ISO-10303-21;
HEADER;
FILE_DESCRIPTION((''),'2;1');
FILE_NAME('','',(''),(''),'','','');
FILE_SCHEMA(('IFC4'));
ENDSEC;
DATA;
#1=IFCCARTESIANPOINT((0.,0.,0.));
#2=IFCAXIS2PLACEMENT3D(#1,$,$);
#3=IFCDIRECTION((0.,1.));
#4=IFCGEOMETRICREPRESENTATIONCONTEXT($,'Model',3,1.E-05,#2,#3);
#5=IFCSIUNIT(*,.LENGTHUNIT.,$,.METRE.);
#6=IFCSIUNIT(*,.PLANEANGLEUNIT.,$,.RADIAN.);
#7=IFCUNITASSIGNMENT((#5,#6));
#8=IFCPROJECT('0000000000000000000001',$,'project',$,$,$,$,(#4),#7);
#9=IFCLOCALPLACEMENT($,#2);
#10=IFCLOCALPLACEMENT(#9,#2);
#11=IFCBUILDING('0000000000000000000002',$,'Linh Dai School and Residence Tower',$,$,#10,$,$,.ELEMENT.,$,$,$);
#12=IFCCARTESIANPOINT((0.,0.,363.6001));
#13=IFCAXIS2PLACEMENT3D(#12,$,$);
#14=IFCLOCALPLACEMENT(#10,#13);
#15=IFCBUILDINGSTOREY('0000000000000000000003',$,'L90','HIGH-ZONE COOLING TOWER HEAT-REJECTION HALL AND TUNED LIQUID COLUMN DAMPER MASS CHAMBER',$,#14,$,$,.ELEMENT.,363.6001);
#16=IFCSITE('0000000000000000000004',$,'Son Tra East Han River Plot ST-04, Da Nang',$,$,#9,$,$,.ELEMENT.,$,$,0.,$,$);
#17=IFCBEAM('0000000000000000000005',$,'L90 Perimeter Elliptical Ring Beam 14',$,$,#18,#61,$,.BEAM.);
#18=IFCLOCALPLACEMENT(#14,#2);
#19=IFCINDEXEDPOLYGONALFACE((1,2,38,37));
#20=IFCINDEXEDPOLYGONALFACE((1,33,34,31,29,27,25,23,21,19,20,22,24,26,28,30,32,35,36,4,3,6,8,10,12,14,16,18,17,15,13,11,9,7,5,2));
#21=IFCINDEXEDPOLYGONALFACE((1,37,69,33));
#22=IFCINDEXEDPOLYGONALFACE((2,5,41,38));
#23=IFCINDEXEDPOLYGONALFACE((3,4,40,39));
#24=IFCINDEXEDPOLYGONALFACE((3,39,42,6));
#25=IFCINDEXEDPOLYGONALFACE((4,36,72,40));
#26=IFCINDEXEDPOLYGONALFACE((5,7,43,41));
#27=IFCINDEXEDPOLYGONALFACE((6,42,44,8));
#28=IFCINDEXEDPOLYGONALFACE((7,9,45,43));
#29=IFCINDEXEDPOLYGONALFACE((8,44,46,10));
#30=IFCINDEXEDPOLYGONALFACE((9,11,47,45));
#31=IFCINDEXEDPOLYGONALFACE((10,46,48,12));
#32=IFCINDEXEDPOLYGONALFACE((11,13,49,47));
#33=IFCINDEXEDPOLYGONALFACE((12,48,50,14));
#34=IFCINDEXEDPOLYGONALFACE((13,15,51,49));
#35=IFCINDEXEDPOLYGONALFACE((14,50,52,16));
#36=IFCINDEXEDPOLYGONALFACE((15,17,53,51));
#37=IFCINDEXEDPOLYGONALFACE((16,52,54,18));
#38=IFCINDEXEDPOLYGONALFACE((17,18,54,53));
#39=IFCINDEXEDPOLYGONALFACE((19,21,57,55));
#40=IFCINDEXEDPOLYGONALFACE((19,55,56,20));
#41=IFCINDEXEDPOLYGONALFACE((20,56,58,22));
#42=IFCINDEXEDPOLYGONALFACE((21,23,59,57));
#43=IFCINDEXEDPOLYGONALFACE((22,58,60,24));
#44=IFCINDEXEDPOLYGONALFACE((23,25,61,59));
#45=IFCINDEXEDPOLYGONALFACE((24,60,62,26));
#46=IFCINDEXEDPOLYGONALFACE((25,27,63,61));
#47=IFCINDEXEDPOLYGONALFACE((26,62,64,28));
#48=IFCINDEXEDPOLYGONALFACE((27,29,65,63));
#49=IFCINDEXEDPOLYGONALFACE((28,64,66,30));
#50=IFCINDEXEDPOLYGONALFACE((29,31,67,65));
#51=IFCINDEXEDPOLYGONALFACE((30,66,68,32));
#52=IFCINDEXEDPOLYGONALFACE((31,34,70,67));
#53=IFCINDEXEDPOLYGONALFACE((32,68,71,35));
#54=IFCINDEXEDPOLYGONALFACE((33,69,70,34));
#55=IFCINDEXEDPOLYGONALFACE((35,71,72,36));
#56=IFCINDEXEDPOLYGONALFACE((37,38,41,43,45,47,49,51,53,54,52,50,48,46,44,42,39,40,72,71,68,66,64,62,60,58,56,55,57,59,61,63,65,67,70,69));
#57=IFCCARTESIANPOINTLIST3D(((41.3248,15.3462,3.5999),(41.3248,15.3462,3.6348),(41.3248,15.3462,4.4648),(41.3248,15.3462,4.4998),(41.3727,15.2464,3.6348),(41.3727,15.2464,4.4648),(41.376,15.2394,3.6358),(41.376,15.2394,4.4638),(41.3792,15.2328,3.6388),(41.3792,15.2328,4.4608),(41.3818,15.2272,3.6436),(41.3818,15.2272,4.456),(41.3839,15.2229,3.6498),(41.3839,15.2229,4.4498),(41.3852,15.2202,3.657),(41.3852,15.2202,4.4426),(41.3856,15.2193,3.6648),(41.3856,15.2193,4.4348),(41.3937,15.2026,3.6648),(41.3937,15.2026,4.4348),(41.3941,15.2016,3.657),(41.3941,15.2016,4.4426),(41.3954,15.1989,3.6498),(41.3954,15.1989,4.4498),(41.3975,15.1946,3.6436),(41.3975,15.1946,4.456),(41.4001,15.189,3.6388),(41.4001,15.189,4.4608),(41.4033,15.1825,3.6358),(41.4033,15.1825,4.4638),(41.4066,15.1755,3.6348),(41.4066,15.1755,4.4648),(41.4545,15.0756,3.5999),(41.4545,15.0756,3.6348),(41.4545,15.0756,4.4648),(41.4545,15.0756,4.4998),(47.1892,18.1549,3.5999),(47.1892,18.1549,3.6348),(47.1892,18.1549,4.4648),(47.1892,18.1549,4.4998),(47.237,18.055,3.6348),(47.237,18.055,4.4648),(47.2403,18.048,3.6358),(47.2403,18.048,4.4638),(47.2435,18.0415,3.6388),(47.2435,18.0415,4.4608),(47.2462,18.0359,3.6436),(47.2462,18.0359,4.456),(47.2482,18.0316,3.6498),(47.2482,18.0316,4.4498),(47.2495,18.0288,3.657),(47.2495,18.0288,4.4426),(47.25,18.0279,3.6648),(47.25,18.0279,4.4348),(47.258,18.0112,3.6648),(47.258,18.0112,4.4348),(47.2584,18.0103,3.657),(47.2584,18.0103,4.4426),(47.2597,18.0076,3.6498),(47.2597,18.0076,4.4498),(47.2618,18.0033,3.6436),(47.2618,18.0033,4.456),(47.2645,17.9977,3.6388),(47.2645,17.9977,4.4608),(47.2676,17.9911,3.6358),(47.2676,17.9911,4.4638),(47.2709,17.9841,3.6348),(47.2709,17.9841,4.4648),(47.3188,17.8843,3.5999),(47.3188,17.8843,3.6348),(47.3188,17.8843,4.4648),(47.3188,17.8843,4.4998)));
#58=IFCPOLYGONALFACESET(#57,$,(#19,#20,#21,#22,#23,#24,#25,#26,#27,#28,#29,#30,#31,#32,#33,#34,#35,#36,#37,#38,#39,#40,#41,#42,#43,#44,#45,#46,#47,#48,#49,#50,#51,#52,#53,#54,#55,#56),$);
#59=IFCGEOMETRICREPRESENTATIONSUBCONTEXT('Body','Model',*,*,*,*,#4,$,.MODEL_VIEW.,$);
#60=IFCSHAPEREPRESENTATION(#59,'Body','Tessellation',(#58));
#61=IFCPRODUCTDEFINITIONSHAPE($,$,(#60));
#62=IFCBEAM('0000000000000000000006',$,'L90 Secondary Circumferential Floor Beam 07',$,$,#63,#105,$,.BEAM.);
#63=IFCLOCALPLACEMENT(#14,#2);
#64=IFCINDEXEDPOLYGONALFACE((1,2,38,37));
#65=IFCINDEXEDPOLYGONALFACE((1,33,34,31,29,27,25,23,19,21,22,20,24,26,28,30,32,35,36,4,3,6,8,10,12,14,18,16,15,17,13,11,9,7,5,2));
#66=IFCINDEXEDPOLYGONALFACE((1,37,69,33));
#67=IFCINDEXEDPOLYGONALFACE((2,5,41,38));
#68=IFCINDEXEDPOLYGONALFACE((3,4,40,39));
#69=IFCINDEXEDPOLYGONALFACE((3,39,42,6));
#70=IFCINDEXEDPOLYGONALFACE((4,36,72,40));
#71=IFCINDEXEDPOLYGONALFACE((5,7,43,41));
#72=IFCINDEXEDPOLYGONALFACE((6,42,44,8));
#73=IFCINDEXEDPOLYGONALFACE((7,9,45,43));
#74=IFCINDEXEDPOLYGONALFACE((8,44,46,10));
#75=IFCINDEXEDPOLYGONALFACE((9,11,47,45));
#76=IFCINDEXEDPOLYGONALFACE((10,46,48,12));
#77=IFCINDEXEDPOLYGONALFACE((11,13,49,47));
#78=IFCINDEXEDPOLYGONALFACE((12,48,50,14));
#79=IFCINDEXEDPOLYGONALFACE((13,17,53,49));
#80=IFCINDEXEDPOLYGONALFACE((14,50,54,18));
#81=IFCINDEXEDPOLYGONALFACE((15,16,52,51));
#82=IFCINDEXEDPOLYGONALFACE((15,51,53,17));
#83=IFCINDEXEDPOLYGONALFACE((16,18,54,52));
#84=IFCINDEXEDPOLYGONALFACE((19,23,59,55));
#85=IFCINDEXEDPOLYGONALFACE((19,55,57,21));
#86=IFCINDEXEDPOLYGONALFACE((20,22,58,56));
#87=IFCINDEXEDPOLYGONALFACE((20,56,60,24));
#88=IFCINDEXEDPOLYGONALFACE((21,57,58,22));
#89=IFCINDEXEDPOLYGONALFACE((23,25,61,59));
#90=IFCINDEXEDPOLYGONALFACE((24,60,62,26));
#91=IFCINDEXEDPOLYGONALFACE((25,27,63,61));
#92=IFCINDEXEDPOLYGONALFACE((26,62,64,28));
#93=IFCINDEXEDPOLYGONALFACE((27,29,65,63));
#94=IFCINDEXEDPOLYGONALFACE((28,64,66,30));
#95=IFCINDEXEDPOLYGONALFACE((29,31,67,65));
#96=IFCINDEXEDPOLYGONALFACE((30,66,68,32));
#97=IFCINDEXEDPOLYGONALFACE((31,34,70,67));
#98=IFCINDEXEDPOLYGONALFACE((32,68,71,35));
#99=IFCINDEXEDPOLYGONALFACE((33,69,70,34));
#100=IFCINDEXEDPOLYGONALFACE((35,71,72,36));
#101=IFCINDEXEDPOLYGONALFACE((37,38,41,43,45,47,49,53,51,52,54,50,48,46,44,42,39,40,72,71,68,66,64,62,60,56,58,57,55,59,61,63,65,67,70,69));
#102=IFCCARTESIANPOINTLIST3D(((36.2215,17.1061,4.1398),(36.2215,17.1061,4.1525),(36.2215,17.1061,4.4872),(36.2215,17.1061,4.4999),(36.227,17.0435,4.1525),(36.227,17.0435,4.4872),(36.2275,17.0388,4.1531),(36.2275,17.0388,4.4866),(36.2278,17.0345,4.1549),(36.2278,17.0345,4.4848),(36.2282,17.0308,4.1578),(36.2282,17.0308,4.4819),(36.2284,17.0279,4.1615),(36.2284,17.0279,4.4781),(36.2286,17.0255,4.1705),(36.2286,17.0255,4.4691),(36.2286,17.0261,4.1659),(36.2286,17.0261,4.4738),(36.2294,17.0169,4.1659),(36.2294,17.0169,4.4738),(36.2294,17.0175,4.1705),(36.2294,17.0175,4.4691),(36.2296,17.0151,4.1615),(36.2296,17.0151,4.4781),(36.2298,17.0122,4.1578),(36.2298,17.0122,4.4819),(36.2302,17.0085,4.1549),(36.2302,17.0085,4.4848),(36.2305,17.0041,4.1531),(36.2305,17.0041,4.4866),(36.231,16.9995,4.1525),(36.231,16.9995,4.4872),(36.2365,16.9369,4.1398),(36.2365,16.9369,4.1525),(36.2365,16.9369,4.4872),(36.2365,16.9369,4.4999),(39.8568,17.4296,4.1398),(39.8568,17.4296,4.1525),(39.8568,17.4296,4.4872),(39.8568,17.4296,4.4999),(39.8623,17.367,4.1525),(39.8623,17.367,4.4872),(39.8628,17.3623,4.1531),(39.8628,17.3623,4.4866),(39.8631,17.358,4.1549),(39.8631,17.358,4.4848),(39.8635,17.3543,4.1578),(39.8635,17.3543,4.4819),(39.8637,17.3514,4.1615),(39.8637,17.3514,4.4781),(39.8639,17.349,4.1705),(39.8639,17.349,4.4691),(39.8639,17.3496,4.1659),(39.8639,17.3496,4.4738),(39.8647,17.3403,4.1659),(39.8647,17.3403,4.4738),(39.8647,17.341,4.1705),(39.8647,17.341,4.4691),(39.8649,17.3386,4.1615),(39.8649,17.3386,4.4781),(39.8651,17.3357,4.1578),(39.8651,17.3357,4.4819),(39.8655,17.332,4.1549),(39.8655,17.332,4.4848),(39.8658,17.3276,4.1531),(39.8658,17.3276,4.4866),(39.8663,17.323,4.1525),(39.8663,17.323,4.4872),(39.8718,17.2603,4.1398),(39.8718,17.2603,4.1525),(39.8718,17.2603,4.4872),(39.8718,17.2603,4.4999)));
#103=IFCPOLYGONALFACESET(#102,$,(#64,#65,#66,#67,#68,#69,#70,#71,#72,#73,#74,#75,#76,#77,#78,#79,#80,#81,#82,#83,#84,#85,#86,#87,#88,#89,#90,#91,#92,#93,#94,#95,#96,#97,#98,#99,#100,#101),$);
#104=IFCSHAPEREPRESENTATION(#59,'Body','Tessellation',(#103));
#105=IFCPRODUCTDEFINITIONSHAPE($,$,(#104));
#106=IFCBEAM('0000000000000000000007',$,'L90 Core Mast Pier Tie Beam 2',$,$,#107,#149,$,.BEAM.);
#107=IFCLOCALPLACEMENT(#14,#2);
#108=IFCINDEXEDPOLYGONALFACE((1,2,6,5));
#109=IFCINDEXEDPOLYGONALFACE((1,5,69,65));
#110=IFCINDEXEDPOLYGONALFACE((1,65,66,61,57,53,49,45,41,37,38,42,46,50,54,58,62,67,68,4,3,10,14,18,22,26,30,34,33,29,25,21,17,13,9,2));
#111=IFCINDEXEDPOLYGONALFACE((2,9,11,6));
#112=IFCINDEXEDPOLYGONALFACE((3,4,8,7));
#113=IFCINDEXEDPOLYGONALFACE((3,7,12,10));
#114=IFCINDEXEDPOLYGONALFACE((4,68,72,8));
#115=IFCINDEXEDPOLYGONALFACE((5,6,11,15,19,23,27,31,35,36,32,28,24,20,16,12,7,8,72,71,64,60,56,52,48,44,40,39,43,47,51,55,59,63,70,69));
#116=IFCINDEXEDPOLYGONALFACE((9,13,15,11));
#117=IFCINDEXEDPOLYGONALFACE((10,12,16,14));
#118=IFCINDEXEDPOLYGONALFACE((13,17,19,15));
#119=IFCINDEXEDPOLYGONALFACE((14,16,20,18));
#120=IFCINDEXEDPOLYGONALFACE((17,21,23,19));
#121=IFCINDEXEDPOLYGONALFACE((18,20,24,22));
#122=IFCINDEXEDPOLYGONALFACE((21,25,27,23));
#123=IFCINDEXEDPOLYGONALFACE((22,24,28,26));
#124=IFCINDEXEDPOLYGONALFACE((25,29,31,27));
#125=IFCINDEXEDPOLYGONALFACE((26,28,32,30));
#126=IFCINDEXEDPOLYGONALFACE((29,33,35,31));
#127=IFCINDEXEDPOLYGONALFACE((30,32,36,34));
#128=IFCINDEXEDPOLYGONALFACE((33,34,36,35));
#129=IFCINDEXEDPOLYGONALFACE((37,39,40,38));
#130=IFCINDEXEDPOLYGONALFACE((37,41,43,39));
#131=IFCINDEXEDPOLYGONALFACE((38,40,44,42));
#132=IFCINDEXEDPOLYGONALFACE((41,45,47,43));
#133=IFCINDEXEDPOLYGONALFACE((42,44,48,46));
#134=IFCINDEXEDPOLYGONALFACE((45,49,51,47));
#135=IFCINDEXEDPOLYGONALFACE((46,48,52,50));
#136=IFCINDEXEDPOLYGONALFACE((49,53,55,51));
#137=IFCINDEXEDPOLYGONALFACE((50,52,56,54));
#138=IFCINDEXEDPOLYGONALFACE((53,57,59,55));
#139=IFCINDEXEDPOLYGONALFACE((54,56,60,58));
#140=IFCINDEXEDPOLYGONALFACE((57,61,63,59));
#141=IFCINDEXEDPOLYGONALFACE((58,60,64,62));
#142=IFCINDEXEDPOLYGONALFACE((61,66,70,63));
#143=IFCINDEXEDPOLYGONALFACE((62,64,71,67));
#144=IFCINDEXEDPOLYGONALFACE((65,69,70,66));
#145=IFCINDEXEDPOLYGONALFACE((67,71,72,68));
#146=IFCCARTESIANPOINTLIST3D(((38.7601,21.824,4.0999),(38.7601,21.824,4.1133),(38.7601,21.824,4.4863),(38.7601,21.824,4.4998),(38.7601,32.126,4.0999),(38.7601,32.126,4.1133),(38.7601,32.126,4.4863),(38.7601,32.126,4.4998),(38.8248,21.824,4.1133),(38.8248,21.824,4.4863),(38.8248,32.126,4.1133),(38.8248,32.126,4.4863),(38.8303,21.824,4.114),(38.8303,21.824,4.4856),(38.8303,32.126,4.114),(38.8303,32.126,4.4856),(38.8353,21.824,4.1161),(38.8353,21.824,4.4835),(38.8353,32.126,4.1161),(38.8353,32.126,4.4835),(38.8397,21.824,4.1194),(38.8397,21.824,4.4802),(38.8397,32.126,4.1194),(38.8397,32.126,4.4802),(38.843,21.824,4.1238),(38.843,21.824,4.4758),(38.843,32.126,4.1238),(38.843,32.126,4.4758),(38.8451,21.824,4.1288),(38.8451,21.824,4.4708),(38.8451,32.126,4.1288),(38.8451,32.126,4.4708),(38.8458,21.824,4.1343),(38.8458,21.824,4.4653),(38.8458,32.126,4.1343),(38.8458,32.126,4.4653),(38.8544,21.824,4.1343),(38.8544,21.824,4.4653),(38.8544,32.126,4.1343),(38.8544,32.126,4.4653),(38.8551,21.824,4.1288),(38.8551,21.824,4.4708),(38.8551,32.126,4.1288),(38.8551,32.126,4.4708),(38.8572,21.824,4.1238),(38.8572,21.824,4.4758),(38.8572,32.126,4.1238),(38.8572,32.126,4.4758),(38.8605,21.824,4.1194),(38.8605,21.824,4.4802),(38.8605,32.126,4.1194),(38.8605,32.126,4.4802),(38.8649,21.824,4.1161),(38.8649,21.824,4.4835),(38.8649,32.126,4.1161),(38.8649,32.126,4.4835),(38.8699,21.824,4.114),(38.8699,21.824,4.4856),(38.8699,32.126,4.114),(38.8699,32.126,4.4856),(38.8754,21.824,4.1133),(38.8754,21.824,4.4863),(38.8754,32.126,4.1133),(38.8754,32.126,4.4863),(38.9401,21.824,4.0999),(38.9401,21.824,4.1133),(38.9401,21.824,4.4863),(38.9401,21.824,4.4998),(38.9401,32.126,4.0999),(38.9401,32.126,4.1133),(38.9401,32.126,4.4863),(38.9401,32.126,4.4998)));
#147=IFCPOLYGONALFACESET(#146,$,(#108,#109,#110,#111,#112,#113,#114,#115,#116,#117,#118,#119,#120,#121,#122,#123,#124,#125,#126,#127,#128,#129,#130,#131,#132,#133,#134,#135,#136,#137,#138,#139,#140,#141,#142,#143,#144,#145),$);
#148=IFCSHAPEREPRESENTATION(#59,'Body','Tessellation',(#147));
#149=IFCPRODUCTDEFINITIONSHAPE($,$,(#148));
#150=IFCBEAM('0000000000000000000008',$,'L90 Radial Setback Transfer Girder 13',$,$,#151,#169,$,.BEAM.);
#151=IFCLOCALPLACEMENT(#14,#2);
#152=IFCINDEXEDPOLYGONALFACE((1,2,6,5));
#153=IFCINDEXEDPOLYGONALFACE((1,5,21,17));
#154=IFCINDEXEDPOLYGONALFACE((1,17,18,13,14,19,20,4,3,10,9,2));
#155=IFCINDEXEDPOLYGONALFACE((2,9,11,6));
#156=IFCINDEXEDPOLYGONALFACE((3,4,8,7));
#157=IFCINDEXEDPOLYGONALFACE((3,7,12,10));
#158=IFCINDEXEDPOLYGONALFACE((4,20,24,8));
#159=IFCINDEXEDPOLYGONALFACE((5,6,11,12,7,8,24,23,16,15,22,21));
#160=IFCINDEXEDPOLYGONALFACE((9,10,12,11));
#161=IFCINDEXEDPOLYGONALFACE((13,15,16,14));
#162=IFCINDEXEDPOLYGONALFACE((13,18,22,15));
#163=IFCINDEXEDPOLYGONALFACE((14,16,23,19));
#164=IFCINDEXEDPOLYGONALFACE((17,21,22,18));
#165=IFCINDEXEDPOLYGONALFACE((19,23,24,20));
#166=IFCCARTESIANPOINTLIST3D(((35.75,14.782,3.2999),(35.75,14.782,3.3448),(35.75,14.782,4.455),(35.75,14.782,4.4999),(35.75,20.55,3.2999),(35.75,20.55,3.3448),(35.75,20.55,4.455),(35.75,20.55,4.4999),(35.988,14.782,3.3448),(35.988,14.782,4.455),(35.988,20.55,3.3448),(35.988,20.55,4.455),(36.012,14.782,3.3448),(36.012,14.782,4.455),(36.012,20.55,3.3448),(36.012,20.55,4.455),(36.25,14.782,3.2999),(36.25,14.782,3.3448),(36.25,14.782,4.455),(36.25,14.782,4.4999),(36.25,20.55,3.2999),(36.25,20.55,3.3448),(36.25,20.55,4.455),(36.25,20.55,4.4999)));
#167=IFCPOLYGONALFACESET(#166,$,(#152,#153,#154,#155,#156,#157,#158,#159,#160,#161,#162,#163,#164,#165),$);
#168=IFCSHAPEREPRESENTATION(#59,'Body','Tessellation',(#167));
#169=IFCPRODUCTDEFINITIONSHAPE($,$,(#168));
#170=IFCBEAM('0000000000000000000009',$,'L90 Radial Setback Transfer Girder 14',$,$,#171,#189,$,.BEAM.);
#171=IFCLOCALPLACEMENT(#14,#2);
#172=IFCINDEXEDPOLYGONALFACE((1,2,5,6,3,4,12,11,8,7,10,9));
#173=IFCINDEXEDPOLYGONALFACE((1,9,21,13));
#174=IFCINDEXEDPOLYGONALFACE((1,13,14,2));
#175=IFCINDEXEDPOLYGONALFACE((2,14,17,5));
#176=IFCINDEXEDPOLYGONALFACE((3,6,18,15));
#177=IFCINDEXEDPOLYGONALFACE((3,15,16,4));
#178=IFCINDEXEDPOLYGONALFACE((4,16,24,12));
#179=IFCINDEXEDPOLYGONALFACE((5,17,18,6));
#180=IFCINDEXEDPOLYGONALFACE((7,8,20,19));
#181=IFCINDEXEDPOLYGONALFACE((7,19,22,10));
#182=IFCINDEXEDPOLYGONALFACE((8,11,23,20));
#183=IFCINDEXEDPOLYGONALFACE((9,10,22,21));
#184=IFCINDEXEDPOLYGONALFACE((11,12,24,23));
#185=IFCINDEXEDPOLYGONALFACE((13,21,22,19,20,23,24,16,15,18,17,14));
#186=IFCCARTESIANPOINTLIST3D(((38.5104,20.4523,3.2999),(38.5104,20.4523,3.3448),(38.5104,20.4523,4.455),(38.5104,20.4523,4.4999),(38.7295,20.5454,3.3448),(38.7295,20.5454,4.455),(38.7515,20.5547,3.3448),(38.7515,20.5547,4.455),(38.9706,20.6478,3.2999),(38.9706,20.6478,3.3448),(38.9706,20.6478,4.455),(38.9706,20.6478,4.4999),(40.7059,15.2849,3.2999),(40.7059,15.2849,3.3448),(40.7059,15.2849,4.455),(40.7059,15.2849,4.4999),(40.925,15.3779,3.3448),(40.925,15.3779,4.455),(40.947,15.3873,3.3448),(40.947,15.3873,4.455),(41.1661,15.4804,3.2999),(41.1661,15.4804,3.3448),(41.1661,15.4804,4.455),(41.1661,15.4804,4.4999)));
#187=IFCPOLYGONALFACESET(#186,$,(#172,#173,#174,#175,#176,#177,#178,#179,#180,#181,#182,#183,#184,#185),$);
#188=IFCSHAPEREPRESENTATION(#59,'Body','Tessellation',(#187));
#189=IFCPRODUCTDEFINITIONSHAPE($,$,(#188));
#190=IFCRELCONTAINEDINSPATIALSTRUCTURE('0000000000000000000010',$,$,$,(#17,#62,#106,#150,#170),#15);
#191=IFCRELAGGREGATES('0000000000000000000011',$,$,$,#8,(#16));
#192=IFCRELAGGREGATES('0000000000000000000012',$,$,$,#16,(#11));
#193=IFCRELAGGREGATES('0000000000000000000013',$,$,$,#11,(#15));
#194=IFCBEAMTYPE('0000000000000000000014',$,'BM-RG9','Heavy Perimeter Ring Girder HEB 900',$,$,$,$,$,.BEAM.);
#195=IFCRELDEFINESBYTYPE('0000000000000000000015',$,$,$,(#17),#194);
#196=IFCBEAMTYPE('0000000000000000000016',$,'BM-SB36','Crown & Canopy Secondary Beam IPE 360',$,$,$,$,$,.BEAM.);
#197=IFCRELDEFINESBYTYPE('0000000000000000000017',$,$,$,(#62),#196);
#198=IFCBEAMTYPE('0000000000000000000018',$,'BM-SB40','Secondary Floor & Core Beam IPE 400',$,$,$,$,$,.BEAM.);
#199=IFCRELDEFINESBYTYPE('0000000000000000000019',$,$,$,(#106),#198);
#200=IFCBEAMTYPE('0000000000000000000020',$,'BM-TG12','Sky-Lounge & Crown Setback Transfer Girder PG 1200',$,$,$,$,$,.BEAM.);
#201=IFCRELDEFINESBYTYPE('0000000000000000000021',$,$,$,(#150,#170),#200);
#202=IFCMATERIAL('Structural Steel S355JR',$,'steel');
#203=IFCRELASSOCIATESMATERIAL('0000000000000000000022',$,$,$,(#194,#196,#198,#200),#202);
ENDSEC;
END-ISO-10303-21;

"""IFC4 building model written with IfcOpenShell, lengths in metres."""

from ifc_helpers import new_model, si_unit, direction, frame, origin, origin_2d, place, context, subcontext, project, spatial, i_section, extrude, material, material_profile, profile_set, type_object, element, save


model = new_model("IFC4")

# Units and contexts
model_context = context("Model", 3, precision=1e-05, world=origin(), true_north=direction((0.0, 1.0)))
body_context = subcontext(model_context, "Body", "Model", "MODEL_VIEW")
ifc_project = project(units=[si_unit("LENGTHUNIT", "METRE"), si_unit("PLANEANGLEUNIT", "RADIAN")], contexts=[model_context])

# Site, building, storey
site_placement = place(None, origin())
site = spatial("IfcSite", under=ifc_project, at=site_placement, Name="Son Tra East Han River Plot ST-04, Da Nang", CompositionType="ELEMENT", RefElevation=0.0)
building_placement = place(site_placement, origin())
building = spatial("IfcBuilding", under=site, at=building_placement, Name="Linh Dai School and Residence Tower", CompositionType="ELEMENT")
storey_placement = place(building_placement, frame((0.0, 0.0, 363.6001)))
storey = spatial("IfcBuildingStorey", under=building, at=storey_placement, Name="L90", Description="HIGH-ZONE COOLING TOWER HEAT-REJECTION HALL AND TUNED LIQUID COLUMN DAMPER MASS CHAMBER", CompositionType="ELEMENT", Elevation=363.6001)

# Shared definitions
ifc_material_1 = material(Name="Structural Steel S355JR", Category="steel")

# Beams
ifc_material_profile_1 = material_profile(ifc_material_1, i_section(OverallWidth=0.3, OverallDepth=0.8999, WebThickness=0.0186, FlangeThickness=0.0349, FilletRadius=0.03, at=origin_2d()), Name="HEB 900")
ifc_profile_set_1 = profile_set([ifc_material_profile_1], Name="Structural Steel S355JR")
beam_type_1 = type_object("IfcBeamType", Name="BM-RG9", Description="Heavy Perimeter Ring Girder HEB 900", PredefinedType="BEAM", material=ifc_profile_set_1)
beam_1_placement = place(storey_placement, frame((41.3896, 15.2109, 4.0498), z_axis=(0.901898, 0.43195, 0.0), x_axis=(-0.43195, 0.901898, 0.0)))
element("IfcBeam", 1, at=beam_1_placement, inside=storey, type_object=beam_type_1, Name="L90 Perimeter Elliptical Ring Beam 14", PredefinedType="BEAM", context=body_context, shape_type="SweptSolid", body=[
    extrude(i_section(OverallWidth=0.3, OverallDepth=0.8999, WebThickness=0.0186, FlangeThickness=0.0349, FilletRadius=0.03, at=origin_2d()), origin(), (0.0, 0.0, 1.0), 6.5022),
])
ifc_material_profile_2 = material_profile(ifc_material_1, i_section(OverallWidth=0.1699, OverallDepth=0.3601, WebThickness=0.0081, FlangeThickness=0.0127, FilletRadius=0.0181, at=origin_2d()), Name="IPE 360")
ifc_profile_set_2 = profile_set([ifc_material_profile_2], Name="Structural Steel S355JR")
beam_type_2 = type_object("IfcBeamType", Name="BM-SB36", Description="Crown & Canopy Secondary Beam IPE 360", PredefinedType="BEAM", material=ifc_profile_set_2)
beam_2_placement = place(storey_placement, frame((36.229, 17.0215, 4.3198), z_axis=(0.996064, 0.088636, 0.0), x_axis=(-0.088636, 0.996064, 0.0)))
element("IfcBeam", 2, at=beam_2_placement, inside=storey, type_object=beam_type_2, Name="L90 Secondary Circumferential Floor Beam 07", PredefinedType="BEAM", context=body_context, shape_type="SweptSolid", body=[
    extrude(i_section(OverallWidth=0.1699, OverallDepth=0.3601, WebThickness=0.0081, FlangeThickness=0.0127, FilletRadius=0.0181, at=origin_2d()), origin(), (0.0, 0.0, 1.0), 3.6497),
])
ifc_material_profile_3 = material_profile(ifc_material_1, i_section(OverallWidth=0.1799, OverallDepth=0.3999, WebThickness=0.0085, FlangeThickness=0.0134, FilletRadius=0.021, at=origin_2d()), Name="IPE 400")
ifc_profile_set_3 = profile_set([ifc_material_profile_3], Name="Structural Steel S355JR")
beam_type_3 = type_object("IfcBeamType", Name="BM-SB40", Description="Secondary Floor & Core Beam IPE 400", PredefinedType="BEAM", material=ifc_profile_set_3)
beam_3_placement = place(storey_placement, frame((38.8501, 21.824, 4.2998), z_axis=(0.0, 1.0, 0.0), x_axis=(-1.0, 0.0, 0.0)))
element("IfcBeam", 3, at=beam_3_placement, inside=storey, type_object=beam_type_3, Name="L90 Core Mast Pier Tie Beam 2", PredefinedType="BEAM", context=body_context, shape_type="SweptSolid", body=[
    extrude(i_section(OverallWidth=0.1799, OverallDepth=0.3999, WebThickness=0.0085, FlangeThickness=0.0134, FilletRadius=0.021, at=origin_2d()), origin(), (0.0, 0.0, 1.0), 10.302),
])
ifc_material_profile_4 = material_profile(ifc_material_1, i_section(OverallWidth=0.5, OverallDepth=1.2, WebThickness=0.0239, FlangeThickness=0.0449, at=origin_2d()), Name="PG 1200x500x24x45")
ifc_profile_set_4 = profile_set([ifc_material_profile_4], Name="Structural Steel S355JR")
beam_type_4 = type_object("IfcBeamType", Name="BM-TG12", Description="Sky-Lounge & Crown Setback Transfer Girder PG 1200", PredefinedType="BEAM", material=ifc_profile_set_4)
beam_4_placement = place(storey_placement, frame((36.0, 20.55, 3.8999), z_axis=(0.0, -1.0, 0.0), x_axis=(1.0, 0.0, 0.0)))
element("IfcBeam", 4, at=beam_4_placement, inside=storey, type_object=beam_type_4, Name="L90 Radial Setback Transfer Girder 13", PredefinedType="BEAM", context=body_context, shape_type="SweptSolid", body=[
    extrude(i_section(OverallWidth=0.5, OverallDepth=1.2, WebThickness=0.0239, FlangeThickness=0.0449, at=origin_2d()), origin(), (0.0, 0.0, 1.0), 5.7681),
])
beam_5_placement = place(storey_placement, frame((38.7405, 20.55, 3.8999), z_axis=(0.391047, -0.920371, 0.0), x_axis=(0.920371, 0.391047, 0.0)))
element("IfcBeam", 5, at=beam_5_placement, inside=storey, type_object=beam_type_4, Name="L90 Radial Setback Transfer Girder 14", PredefinedType="BEAM", context=body_context, shape_type="SweptSolid", body=[
    extrude(i_section(OverallWidth=0.5, OverallDepth=1.2, WebThickness=0.0239, FlangeThickness=0.0449, at=origin_2d()), origin(), (0.0, 0.0, 1.0), 5.6145),
])

save(model, "model.ifc")
